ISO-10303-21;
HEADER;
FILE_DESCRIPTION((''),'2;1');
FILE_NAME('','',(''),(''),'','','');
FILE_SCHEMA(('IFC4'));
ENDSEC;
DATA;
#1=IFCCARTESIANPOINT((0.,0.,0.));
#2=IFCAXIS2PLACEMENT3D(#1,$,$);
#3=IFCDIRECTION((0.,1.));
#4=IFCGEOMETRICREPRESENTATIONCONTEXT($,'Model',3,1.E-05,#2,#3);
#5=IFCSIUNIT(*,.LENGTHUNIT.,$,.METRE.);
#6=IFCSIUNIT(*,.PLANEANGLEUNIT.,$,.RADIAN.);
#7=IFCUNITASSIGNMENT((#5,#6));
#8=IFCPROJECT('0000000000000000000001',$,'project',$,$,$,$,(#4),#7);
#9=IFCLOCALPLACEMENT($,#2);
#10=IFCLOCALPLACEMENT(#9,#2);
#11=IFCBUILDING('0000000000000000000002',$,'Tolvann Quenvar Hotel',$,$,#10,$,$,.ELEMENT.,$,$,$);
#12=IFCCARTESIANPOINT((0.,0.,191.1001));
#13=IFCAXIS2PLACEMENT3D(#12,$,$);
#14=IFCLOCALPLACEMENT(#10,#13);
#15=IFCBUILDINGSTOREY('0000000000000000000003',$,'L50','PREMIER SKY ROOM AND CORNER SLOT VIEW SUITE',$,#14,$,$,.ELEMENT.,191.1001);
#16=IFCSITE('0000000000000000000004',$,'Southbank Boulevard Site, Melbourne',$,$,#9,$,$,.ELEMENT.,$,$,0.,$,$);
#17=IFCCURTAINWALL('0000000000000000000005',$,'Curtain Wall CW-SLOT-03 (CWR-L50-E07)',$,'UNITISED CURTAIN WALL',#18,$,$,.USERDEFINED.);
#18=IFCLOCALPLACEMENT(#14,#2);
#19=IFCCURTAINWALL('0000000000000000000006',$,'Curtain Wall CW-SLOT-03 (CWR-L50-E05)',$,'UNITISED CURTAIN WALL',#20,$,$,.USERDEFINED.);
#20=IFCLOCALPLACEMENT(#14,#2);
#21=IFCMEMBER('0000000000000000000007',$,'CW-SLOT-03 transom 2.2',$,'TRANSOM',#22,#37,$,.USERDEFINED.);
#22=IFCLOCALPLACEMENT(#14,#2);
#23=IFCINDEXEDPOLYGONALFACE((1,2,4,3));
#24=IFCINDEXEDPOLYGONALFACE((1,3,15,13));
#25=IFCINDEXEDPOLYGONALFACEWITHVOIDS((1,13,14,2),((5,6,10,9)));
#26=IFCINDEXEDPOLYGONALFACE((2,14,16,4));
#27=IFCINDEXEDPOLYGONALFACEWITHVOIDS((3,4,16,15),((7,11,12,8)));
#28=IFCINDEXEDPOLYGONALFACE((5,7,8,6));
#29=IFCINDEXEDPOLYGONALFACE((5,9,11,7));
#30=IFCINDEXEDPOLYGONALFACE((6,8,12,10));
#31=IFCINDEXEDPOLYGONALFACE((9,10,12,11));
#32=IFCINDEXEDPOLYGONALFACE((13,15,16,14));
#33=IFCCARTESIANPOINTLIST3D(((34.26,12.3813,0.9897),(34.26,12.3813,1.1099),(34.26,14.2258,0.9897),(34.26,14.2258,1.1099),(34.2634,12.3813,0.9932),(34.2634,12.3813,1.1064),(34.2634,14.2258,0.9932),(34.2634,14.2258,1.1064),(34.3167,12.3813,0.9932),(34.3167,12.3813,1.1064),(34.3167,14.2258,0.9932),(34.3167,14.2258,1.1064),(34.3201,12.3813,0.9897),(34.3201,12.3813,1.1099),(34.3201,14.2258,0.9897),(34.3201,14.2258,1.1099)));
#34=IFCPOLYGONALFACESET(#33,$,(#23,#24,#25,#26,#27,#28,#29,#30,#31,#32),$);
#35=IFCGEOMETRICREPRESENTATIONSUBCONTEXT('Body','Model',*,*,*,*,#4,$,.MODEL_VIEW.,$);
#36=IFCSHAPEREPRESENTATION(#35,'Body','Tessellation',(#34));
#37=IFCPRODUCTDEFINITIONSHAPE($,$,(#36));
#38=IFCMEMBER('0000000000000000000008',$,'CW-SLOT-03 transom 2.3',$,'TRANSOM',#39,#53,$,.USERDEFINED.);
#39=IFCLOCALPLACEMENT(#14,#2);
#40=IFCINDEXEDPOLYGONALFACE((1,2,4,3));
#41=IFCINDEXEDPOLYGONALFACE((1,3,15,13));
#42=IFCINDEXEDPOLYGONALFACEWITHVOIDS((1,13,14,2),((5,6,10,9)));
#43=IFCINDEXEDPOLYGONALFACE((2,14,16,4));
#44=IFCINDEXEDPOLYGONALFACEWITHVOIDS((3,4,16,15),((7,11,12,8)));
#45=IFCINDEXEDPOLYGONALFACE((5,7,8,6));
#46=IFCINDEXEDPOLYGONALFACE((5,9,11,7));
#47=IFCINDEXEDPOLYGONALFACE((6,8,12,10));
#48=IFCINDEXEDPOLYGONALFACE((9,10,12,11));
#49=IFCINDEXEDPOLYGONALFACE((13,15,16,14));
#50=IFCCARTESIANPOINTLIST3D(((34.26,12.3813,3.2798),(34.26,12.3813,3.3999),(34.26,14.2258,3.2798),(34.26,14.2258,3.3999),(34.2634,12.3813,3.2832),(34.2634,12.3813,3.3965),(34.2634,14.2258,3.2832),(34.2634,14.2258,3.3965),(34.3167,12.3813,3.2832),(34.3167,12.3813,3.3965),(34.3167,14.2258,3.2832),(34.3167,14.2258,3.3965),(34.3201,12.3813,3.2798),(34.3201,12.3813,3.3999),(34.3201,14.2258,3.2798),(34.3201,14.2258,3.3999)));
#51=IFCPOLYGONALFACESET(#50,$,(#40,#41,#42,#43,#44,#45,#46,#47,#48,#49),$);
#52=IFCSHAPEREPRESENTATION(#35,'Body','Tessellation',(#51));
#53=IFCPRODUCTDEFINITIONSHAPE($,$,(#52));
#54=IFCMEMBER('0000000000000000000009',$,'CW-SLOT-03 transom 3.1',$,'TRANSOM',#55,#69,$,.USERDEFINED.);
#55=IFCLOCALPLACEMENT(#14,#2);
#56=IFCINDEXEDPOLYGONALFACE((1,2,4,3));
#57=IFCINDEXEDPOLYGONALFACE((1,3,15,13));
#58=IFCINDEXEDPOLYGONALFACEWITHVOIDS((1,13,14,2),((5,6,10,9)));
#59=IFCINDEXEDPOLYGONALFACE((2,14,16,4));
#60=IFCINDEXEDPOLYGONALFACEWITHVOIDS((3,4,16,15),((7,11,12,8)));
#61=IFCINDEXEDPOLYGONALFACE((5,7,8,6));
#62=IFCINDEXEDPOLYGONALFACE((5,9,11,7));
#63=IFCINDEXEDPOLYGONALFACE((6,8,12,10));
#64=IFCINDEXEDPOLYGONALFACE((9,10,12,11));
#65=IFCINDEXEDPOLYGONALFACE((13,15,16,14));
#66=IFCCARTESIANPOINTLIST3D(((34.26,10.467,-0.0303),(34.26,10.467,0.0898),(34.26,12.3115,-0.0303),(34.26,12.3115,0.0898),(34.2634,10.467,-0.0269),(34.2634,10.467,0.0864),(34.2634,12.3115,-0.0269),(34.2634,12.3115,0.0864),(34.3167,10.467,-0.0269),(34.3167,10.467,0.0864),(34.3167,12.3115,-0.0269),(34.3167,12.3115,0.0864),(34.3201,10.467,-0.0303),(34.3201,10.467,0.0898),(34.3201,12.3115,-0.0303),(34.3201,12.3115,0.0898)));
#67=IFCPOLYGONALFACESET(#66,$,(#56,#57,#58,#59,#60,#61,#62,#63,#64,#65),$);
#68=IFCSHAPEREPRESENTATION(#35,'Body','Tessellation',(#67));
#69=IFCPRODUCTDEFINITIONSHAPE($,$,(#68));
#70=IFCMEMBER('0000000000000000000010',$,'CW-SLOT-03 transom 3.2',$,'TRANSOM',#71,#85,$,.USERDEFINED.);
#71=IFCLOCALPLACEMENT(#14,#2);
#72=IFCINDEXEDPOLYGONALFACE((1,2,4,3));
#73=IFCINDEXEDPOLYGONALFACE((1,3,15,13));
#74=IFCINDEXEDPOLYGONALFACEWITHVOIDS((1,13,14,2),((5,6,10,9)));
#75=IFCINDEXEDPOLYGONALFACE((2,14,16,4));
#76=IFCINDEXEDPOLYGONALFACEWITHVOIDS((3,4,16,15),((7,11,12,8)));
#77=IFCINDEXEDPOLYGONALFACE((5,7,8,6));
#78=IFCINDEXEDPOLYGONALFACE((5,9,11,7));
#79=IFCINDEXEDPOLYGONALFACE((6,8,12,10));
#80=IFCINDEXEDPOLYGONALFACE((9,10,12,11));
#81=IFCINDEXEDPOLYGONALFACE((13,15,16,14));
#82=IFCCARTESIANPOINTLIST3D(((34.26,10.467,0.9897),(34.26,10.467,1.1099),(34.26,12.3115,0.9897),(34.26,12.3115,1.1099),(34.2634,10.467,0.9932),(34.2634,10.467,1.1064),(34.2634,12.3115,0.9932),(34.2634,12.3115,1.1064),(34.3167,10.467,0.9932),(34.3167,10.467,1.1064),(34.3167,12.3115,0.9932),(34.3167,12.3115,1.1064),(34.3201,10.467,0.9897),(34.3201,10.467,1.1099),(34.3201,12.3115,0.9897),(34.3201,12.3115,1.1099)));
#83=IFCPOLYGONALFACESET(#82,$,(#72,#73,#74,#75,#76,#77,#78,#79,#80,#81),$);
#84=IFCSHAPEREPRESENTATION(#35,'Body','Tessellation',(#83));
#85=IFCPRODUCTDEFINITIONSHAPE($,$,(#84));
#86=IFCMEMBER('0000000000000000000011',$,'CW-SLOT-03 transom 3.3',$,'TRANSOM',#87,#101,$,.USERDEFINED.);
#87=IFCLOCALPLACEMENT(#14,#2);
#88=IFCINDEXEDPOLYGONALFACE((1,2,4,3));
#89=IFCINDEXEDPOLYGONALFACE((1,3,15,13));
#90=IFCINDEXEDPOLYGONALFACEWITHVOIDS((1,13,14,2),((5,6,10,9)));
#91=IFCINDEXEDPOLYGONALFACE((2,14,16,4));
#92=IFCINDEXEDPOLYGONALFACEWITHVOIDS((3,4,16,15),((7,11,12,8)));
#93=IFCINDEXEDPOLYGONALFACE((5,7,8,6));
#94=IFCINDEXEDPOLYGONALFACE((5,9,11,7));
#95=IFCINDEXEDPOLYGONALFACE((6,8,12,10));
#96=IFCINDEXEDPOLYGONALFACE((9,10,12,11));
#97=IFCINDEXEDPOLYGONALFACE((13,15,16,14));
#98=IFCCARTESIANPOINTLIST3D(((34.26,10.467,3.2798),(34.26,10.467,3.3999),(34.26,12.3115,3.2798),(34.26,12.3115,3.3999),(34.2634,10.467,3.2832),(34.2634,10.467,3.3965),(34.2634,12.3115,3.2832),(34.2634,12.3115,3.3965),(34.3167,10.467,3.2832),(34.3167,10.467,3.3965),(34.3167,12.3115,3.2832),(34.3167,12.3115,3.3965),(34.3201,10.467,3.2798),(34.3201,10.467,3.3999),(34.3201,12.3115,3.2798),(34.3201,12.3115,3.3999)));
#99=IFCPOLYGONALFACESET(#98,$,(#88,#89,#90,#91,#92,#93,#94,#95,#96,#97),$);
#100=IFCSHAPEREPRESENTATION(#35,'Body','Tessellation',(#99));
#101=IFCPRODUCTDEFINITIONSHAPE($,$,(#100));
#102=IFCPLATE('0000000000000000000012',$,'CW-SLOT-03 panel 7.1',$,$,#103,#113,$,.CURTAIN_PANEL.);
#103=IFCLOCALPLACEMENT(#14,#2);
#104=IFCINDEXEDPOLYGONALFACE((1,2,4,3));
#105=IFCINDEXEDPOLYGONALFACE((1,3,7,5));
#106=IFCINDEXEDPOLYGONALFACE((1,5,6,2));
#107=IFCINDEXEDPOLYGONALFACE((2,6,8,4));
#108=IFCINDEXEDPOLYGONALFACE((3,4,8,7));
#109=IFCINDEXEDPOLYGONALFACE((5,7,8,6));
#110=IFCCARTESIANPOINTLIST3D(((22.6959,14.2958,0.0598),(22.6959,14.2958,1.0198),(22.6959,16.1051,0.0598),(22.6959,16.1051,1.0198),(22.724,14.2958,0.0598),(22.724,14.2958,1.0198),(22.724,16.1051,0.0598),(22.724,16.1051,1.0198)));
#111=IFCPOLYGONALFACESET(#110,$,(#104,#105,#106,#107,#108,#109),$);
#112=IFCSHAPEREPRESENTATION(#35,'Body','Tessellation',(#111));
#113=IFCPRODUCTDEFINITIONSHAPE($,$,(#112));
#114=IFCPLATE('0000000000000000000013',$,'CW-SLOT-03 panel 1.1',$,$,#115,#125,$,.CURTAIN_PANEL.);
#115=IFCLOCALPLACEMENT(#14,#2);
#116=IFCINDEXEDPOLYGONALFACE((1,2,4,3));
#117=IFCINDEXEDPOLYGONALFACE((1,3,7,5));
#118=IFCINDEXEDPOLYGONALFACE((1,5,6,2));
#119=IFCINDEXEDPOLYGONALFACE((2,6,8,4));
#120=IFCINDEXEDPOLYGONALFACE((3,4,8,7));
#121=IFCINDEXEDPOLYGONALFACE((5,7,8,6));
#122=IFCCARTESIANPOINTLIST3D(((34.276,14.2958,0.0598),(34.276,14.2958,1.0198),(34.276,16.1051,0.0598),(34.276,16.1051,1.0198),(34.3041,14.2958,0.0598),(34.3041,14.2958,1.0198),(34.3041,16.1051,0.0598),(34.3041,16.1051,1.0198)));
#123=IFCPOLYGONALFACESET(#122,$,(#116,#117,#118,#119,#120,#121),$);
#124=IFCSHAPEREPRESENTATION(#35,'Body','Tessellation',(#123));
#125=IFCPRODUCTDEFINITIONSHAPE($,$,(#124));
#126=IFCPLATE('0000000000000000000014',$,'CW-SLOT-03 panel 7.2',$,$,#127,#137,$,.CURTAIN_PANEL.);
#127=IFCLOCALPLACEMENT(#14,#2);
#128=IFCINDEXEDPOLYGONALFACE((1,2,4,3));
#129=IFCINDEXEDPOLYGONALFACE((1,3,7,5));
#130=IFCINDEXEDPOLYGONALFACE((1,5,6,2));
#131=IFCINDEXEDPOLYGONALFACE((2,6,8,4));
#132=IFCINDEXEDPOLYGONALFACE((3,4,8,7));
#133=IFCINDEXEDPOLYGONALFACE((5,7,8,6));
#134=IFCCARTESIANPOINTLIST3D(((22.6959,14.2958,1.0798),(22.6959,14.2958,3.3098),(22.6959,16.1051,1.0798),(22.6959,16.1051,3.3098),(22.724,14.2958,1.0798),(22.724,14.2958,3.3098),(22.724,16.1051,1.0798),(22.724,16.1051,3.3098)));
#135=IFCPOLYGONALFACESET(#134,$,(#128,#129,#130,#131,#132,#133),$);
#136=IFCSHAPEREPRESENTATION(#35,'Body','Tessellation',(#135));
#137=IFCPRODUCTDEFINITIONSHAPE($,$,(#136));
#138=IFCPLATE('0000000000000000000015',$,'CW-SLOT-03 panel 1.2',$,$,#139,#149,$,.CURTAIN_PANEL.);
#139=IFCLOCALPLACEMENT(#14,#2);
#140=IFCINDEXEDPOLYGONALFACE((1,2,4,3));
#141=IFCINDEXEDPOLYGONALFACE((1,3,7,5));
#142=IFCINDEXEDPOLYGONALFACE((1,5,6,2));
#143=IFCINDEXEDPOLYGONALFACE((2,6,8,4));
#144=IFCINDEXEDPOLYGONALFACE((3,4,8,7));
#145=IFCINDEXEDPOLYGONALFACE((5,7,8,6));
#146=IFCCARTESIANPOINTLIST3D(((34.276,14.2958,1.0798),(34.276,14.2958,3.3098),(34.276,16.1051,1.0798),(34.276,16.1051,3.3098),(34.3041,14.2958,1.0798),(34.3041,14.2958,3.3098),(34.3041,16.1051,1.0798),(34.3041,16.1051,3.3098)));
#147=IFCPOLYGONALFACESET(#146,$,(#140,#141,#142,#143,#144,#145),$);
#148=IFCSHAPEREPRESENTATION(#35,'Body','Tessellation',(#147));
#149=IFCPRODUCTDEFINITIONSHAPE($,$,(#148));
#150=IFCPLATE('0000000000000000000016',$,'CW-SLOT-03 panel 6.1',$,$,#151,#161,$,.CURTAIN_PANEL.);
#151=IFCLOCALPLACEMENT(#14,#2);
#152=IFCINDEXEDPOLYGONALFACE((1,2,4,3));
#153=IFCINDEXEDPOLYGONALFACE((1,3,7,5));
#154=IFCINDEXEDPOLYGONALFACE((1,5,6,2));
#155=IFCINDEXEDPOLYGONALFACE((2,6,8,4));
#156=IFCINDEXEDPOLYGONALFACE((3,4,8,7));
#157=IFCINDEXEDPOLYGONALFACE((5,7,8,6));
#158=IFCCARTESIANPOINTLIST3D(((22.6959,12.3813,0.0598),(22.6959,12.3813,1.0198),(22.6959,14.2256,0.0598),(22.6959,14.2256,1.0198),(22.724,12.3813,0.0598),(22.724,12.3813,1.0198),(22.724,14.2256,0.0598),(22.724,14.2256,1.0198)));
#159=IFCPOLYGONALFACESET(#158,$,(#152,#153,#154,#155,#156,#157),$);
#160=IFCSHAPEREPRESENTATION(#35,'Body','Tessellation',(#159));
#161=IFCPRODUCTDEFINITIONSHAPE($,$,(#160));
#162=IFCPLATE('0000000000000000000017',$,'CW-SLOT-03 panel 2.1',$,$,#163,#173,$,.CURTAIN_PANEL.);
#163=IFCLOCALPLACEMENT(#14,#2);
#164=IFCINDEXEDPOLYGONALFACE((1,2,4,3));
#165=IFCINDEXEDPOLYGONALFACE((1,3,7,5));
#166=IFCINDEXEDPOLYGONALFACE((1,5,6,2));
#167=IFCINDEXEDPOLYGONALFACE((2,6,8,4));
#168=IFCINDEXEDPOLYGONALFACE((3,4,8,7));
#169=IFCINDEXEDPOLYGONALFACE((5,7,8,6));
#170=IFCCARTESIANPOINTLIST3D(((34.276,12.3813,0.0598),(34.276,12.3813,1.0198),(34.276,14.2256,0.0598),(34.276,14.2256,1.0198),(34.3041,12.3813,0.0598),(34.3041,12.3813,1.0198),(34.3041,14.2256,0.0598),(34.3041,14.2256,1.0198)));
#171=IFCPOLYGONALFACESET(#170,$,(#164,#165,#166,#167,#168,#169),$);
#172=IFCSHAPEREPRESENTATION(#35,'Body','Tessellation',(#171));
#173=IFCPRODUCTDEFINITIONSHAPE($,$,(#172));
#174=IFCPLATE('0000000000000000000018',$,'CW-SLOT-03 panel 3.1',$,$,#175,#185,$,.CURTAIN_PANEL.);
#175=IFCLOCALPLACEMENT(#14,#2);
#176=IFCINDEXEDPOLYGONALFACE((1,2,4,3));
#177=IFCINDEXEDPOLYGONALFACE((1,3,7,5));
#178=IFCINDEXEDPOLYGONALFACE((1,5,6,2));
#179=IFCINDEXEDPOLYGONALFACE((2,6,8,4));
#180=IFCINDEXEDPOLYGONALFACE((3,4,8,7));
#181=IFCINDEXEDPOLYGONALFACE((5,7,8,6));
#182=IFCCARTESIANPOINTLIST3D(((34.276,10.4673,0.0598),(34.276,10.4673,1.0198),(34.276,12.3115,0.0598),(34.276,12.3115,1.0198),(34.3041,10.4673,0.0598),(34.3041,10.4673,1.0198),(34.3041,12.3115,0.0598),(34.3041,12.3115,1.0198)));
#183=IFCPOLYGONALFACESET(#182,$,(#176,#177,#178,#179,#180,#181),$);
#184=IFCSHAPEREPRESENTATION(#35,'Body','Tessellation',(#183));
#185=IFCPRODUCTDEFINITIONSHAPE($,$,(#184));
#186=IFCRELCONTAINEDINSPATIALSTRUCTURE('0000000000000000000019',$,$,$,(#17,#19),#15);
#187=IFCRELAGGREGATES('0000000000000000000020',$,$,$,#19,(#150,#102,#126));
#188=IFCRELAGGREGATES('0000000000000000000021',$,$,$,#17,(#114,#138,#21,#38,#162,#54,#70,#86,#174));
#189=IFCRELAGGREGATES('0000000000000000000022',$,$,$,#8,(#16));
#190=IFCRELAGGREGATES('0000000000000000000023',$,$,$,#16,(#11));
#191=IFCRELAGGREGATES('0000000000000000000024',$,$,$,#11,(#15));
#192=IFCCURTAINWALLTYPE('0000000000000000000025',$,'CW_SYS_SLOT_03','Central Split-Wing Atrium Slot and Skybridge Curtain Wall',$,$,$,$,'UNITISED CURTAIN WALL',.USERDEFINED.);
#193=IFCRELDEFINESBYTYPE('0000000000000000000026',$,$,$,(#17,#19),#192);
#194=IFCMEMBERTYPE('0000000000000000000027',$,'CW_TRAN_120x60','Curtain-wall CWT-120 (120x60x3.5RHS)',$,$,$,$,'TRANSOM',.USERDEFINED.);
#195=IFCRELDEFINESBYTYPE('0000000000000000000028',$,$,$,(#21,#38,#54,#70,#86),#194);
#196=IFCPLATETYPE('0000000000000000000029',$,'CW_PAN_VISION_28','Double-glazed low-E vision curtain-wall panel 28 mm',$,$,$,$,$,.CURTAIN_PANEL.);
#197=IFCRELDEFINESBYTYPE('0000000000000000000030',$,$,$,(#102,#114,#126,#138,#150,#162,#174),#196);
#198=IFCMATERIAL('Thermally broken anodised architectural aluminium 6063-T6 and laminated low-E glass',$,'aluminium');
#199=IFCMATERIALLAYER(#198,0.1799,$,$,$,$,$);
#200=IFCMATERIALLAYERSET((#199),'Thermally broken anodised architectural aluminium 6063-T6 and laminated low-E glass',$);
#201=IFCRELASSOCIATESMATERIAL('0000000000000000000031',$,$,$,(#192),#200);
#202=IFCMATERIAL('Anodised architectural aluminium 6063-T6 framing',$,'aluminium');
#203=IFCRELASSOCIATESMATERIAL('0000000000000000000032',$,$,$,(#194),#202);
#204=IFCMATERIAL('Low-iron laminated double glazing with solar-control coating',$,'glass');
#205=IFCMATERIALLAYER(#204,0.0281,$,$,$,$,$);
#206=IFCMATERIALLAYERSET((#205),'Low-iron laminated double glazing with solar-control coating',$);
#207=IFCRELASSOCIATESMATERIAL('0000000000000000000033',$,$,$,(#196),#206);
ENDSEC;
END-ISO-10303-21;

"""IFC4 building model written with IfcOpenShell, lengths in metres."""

from ifc_helpers import new_model, si_unit, direction, frame, origin, origin_2d, place, context, subcontext, project, spatial, rectangle, hollow_rectangle, extrude, source, transform, mapped, material, layer, layer_set, material_profile, profile_set, type_object, element, aggregate, save


model = new_model("IFC4")

# Units and contexts
model_context = context("Model", 3, precision=1e-05, world=origin(), true_north=direction((0.0, 1.0)))
body_context = subcontext(model_context, "Body", "Model", "MODEL_VIEW")
ifc_project = project(units=[si_unit("LENGTHUNIT", "METRE"), si_unit("PLANEANGLEUNIT", "RADIAN")], contexts=[model_context])

# Site, building, storey
site_placement = place(None, origin())
site = spatial("IfcSite", under=ifc_project, at=site_placement, Name="Southbank Boulevard Site, Melbourne", CompositionType="ELEMENT", RefElevation=0.0)
building_placement = place(site_placement, origin())
building = spatial("IfcBuilding", under=site, at=building_placement, Name="Tolvann Quenvar Hotel", CompositionType="ELEMENT")
storey_placement = place(building_placement, frame((0.0, 0.0, 191.1001)))
storey = spatial("IfcBuildingStorey", under=building, at=storey_placement, Name="L50", Description="PREMIER SKY ROOM AND CORNER SLOT VIEW SUITE", CompositionType="ELEMENT", Elevation=191.1001)

# Curtain walls
ifc_material_1 = material(Name="Thermally broken anodised architectural aluminium 6063-T6 and laminated low-E glass", Category="aluminium")
ifc_layer_1 = layer(ifc_material_1, 0.1799)
ifc_layer_set_1 = layer_set([ifc_layer_1], Name="Thermally broken anodised architectural aluminium 6063-T6 and laminated low-E glass")
curtain_wall_type = type_object("IfcCurtainWallType", Name="CW_SYS_SLOT_03", Description="Central Split-Wing Atrium Slot and Skybridge Curtain Wall", ElementType="UNITISED CURTAIN WALL", PredefinedType="USERDEFINED", material=ifc_layer_set_1)
curtain_wall_1_placement = place(storey_placement, origin())
curtain_wall_1 = element("IfcCurtainWall", 1, at=curtain_wall_1_placement, inside=storey, type_object=curtain_wall_type, Name="Curtain Wall CW-SLOT-03 (CWR-L50-E07)", ObjectType="UNITISED CURTAIN WALL", PredefinedType="USERDEFINED")
ifc_material_2 = material(Name="Anodised architectural aluminium 6063-T6 framing", Category="aluminium")
curtain_wall_2_placement = place(storey_placement, origin())
curtain_wall_2 = element("IfcCurtainWall", 2, at=curtain_wall_2_placement, inside=storey, type_object=curtain_wall_type, Name="Curtain Wall CW-SLOT-03 (CWR-L50-E05)", ObjectType="UNITISED CURTAIN WALL", PredefinedType="USERDEFINED")
ifc_material_profile_1 = material_profile(ifc_material_2, hollow_rectangle(XDim=0.0601, YDim=0.1201, WallThickness=0.0034, at=origin_2d()), Name="120x60x3.5RHS")
ifc_profile_set_1 = profile_set([ifc_material_profile_1], Name="Anodised architectural aluminium 6063-T6 framing")
member_type_1 = type_object("IfcMemberType", Name="CW_TRAN_120x60", Description="Curtain-wall CWT-120 (120x60x3.5RHS)", ElementType="TRANSOM", PredefinedType="USERDEFINED", material=ifc_profile_set_1)

# Members
shared_shape_1 = source(origin(), body_context, "Body", "SweptSolid", [
    extrude(hollow_rectangle(XDim=0.0601, YDim=0.1201, WallThickness=0.0034, at=origin_2d()), origin(), (0.0, 0.0, 1.0), 1.8445),
])
member_1_placement = place(storey_placement, frame((34.29, 14.2258, 1.0498), z_axis=(0.0, -1.0, 0.0), x_axis=(1.0, 0.0, 0.0)))
member_1 = element("IfcMember", 3, at=member_1_placement, type_object=member_type_1, Name="CW-SLOT-03 transom 2.2", ObjectType="TRANSOM", PredefinedType="USERDEFINED", context=body_context, shape_type="MappedRepresentation", body=[
    mapped(shared_shape_1, transform((0.0, 0.0, 0.0), x_axis=(1.0, 0.0, 0.0), y_axis=(0.0, 1.0, 0.0), z_axis=(0.0, 0.0, 1.0), scale=1.0)),
])
member_2_placement = place(storey_placement, frame((34.29, 14.2258, 3.3398), z_axis=(0.0, -1.0, 0.0), x_axis=(1.0, 0.0, 0.0)))
member_2 = element("IfcMember", 4, at=member_2_placement, type_object=member_type_1, Name="CW-SLOT-03 transom 2.3", ObjectType="TRANSOM", PredefinedType="USERDEFINED", context=body_context, shape_type="MappedRepresentation", body=[
    mapped(shared_shape_1, transform((0.0, 0.0, 0.0), x_axis=(1.0, 0.0, 0.0), y_axis=(0.0, 1.0, 0.0), z_axis=(0.0, 0.0, 1.0), scale=1.0)),
])
member_3_placement = place(storey_placement, frame((34.29, 12.3115, 0.0298), z_axis=(0.0, -1.0, 0.0), x_axis=(1.0, 0.0, 0.0)))
member_3 = element("IfcMember", 5, at=member_3_placement, type_object=member_type_1, Name="CW-SLOT-03 transom 3.1", ObjectType="TRANSOM", PredefinedType="USERDEFINED", context=body_context, shape_type="MappedRepresentation", body=[
    mapped(shared_shape_1, transform((0.0, 0.0, 0.0), x_axis=(1.0, 0.0, 0.0), y_axis=(0.0, 1.0, 0.0), z_axis=(0.0, 0.0, 1.0), scale=1.0)),
])
member_4_placement = place(storey_placement, frame((34.29, 12.3115, 1.0498), z_axis=(0.0, -1.0, 0.0), x_axis=(1.0, 0.0, 0.0)))
member_4 = element("IfcMember", 6, at=member_4_placement, type_object=member_type_1, Name="CW-SLOT-03 transom 3.2", ObjectType="TRANSOM", PredefinedType="USERDEFINED", context=body_context, shape_type="MappedRepresentation", body=[
    mapped(shared_shape_1, transform((0.0, 0.0, 0.0), x_axis=(1.0, 0.0, 0.0), y_axis=(0.0, 1.0, 0.0), z_axis=(0.0, 0.0, 1.0), scale=1.0)),
])
member_5_placement = place(storey_placement, frame((34.29, 12.3115, 3.3398), z_axis=(0.0, -1.0, 0.0), x_axis=(1.0, 0.0, 0.0)))
member_5 = element("IfcMember", 7, at=member_5_placement, type_object=member_type_1, Name="CW-SLOT-03 transom 3.3", ObjectType="TRANSOM", PredefinedType="USERDEFINED", context=body_context, shape_type="MappedRepresentation", body=[
    mapped(shared_shape_1, transform((0.0, 0.0, 0.0), x_axis=(1.0, 0.0, 0.0), y_axis=(0.0, 1.0, 0.0), z_axis=(0.0, 0.0, 1.0), scale=1.0)),
])

# Plates
ifc_material_3 = material(Name="Low-iron laminated double glazing with solar-control coating", Category="glass")
ifc_layer_2 = layer(ifc_material_3, 0.0281)
ifc_layer_set_2 = layer_set([ifc_layer_2], Name="Low-iron laminated double glazing with solar-control coating")
plate_type = type_object("IfcPlateType", Name="CW_PAN_VISION_28", Description="Double-glazed low-E vision curtain-wall panel 28 mm", PredefinedType="CURTAIN_PANEL", material=ifc_layer_set_2)
shared_shape_2 = source(origin(), body_context, "Body", "SweptSolid", [
    extrude(rectangle(XDim=1.8093, YDim=0.0281, at=origin_2d()), origin(), (0.0, 0.0, 1.0), 0.96),
])
plate_1_placement = place(storey_placement, frame((22.71, 15.2004, 0.0598), z_axis=(0.0, 0.0, 1.0), x_axis=(0.0, 1.0, 0.0)))
plate_1 = element("IfcPlate", 8, at=plate_1_placement, type_object=plate_type, Name="CW-SLOT-03 panel 7.1", PredefinedType="CURTAIN_PANEL", context=body_context, shape_type="MappedRepresentation", body=[
    mapped(shared_shape_2, transform((0.0, 0.0, 0.0), x_axis=(1.0, 0.0, 0.0), y_axis=(0.0, 1.0, 0.0), z_axis=(0.0, 0.0, 1.0), scale=1.0)),
])
plate_2_placement = place(storey_placement, frame((34.29, 15.2004, 0.0598), z_axis=(0.0, 0.0, 1.0), x_axis=(0.0, -1.0, 0.0)))
plate_2 = element("IfcPlate", 9, at=plate_2_placement, type_object=plate_type, Name="CW-SLOT-03 panel 1.1", PredefinedType="CURTAIN_PANEL", context=body_context, shape_type="MappedRepresentation", body=[
    mapped(shared_shape_2, transform((0.0, 0.0, 0.0), x_axis=(1.0, 0.0, 0.0), y_axis=(0.0, 1.0, 0.0), z_axis=(0.0, 0.0, 1.0), scale=1.0)),
])
shared_shape_3 = source(origin(), body_context, "Body", "SweptSolid", [
    extrude(rectangle(XDim=1.8093, YDim=0.0281, at=origin_2d()), origin(), (0.0, 0.0, 1.0), 2.23),
])
plate_3_placement = place(storey_placement, frame((22.71, 15.2004, 1.0798), z_axis=(0.0, 0.0, 1.0), x_axis=(0.0, 1.0, 0.0)))
plate_3 = element("IfcPlate", 10, at=plate_3_placement, type_object=plate_type, Name="CW-SLOT-03 panel 7.2", PredefinedType="CURTAIN_PANEL", context=body_context, shape_type="MappedRepresentation", body=[
    mapped(shared_shape_3, transform((0.0, 0.0, 0.0), x_axis=(1.0, 0.0, 0.0), y_axis=(0.0, 1.0, 0.0), z_axis=(0.0, 0.0, 1.0), scale=1.0)),
])
plate_4_placement = place(storey_placement, frame((34.29, 15.2004, 1.0798), z_axis=(0.0, 0.0, 1.0), x_axis=(0.0, -1.0, 0.0)))
plate_4 = element("IfcPlate", 11, at=plate_4_placement, type_object=plate_type, Name="CW-SLOT-03 panel 1.2", PredefinedType="CURTAIN_PANEL", context=body_context, shape_type="MappedRepresentation", body=[
    mapped(shared_shape_3, transform((0.0, 0.0, 0.0), x_axis=(1.0, 0.0, 0.0), y_axis=(0.0, 1.0, 0.0), z_axis=(0.0, 0.0, 1.0), scale=1.0)),
])
shared_shape_4 = source(origin(), body_context, "Body", "SweptSolid", [
    extrude(rectangle(XDim=1.8442, YDim=0.0281, at=origin_2d()), origin(), (0.0, 0.0, 1.0), 0.96),
])
plate_5_placement = place(storey_placement, frame((22.71, 13.3035, 0.0598), z_axis=(0.0, 0.0, 1.0), x_axis=(0.0, 1.0, 0.0)))
plate_5 = element("IfcPlate", 12, at=plate_5_placement, type_object=plate_type, Name="CW-SLOT-03 panel 6.1", PredefinedType="CURTAIN_PANEL", context=body_context, shape_type="MappedRepresentation", body=[
    mapped(shared_shape_4, transform((0.0, 0.0, 0.0), x_axis=(1.0, 0.0, 0.0), y_axis=(0.0, 1.0, 0.0), z_axis=(0.0, 0.0, 1.0), scale=1.0)),
])
plate_6_placement = place(storey_placement, frame((34.29, 13.3035, 0.0598), z_axis=(0.0, 0.0, 1.0), x_axis=(0.0, -1.0, 0.0)))
plate_6 = element("IfcPlate", 13, at=plate_6_placement, type_object=plate_type, Name="CW-SLOT-03 panel 2.1", PredefinedType="CURTAIN_PANEL", context=body_context, shape_type="MappedRepresentation", body=[
    mapped(shared_shape_4, transform((0.0, 0.0, 0.0), x_axis=(1.0, 0.0, 0.0), y_axis=(0.0, 1.0, 0.0), z_axis=(0.0, 0.0, 1.0), scale=1.0)),
])
plate_7_placement = place(storey_placement, frame((34.29, 11.3894, 0.0598), z_axis=(0.0, 0.0, 1.0), x_axis=(0.0, -1.0, 0.0)))
plate_7 = element("IfcPlate", 14, at=plate_7_placement, type_object=plate_type, Name="CW-SLOT-03 panel 3.1", PredefinedType="CURTAIN_PANEL", context=body_context, shape_type="MappedRepresentation", body=[
    mapped(shared_shape_4, transform((0.0, 0.0, 0.0), x_axis=(1.0, 0.0, 0.0), y_axis=(0.0, 1.0, 0.0), z_axis=(0.0, 0.0, 1.0), scale=1.0)),
])
aggregate(curtain_wall_2, [plate_5, plate_1, plate_3])
aggregate(curtain_wall_1, [plate_2, plate_4, member_1, member_2, plate_6, member_3, member_4, member_5, plate_7])

save(model, "model.ifc")
